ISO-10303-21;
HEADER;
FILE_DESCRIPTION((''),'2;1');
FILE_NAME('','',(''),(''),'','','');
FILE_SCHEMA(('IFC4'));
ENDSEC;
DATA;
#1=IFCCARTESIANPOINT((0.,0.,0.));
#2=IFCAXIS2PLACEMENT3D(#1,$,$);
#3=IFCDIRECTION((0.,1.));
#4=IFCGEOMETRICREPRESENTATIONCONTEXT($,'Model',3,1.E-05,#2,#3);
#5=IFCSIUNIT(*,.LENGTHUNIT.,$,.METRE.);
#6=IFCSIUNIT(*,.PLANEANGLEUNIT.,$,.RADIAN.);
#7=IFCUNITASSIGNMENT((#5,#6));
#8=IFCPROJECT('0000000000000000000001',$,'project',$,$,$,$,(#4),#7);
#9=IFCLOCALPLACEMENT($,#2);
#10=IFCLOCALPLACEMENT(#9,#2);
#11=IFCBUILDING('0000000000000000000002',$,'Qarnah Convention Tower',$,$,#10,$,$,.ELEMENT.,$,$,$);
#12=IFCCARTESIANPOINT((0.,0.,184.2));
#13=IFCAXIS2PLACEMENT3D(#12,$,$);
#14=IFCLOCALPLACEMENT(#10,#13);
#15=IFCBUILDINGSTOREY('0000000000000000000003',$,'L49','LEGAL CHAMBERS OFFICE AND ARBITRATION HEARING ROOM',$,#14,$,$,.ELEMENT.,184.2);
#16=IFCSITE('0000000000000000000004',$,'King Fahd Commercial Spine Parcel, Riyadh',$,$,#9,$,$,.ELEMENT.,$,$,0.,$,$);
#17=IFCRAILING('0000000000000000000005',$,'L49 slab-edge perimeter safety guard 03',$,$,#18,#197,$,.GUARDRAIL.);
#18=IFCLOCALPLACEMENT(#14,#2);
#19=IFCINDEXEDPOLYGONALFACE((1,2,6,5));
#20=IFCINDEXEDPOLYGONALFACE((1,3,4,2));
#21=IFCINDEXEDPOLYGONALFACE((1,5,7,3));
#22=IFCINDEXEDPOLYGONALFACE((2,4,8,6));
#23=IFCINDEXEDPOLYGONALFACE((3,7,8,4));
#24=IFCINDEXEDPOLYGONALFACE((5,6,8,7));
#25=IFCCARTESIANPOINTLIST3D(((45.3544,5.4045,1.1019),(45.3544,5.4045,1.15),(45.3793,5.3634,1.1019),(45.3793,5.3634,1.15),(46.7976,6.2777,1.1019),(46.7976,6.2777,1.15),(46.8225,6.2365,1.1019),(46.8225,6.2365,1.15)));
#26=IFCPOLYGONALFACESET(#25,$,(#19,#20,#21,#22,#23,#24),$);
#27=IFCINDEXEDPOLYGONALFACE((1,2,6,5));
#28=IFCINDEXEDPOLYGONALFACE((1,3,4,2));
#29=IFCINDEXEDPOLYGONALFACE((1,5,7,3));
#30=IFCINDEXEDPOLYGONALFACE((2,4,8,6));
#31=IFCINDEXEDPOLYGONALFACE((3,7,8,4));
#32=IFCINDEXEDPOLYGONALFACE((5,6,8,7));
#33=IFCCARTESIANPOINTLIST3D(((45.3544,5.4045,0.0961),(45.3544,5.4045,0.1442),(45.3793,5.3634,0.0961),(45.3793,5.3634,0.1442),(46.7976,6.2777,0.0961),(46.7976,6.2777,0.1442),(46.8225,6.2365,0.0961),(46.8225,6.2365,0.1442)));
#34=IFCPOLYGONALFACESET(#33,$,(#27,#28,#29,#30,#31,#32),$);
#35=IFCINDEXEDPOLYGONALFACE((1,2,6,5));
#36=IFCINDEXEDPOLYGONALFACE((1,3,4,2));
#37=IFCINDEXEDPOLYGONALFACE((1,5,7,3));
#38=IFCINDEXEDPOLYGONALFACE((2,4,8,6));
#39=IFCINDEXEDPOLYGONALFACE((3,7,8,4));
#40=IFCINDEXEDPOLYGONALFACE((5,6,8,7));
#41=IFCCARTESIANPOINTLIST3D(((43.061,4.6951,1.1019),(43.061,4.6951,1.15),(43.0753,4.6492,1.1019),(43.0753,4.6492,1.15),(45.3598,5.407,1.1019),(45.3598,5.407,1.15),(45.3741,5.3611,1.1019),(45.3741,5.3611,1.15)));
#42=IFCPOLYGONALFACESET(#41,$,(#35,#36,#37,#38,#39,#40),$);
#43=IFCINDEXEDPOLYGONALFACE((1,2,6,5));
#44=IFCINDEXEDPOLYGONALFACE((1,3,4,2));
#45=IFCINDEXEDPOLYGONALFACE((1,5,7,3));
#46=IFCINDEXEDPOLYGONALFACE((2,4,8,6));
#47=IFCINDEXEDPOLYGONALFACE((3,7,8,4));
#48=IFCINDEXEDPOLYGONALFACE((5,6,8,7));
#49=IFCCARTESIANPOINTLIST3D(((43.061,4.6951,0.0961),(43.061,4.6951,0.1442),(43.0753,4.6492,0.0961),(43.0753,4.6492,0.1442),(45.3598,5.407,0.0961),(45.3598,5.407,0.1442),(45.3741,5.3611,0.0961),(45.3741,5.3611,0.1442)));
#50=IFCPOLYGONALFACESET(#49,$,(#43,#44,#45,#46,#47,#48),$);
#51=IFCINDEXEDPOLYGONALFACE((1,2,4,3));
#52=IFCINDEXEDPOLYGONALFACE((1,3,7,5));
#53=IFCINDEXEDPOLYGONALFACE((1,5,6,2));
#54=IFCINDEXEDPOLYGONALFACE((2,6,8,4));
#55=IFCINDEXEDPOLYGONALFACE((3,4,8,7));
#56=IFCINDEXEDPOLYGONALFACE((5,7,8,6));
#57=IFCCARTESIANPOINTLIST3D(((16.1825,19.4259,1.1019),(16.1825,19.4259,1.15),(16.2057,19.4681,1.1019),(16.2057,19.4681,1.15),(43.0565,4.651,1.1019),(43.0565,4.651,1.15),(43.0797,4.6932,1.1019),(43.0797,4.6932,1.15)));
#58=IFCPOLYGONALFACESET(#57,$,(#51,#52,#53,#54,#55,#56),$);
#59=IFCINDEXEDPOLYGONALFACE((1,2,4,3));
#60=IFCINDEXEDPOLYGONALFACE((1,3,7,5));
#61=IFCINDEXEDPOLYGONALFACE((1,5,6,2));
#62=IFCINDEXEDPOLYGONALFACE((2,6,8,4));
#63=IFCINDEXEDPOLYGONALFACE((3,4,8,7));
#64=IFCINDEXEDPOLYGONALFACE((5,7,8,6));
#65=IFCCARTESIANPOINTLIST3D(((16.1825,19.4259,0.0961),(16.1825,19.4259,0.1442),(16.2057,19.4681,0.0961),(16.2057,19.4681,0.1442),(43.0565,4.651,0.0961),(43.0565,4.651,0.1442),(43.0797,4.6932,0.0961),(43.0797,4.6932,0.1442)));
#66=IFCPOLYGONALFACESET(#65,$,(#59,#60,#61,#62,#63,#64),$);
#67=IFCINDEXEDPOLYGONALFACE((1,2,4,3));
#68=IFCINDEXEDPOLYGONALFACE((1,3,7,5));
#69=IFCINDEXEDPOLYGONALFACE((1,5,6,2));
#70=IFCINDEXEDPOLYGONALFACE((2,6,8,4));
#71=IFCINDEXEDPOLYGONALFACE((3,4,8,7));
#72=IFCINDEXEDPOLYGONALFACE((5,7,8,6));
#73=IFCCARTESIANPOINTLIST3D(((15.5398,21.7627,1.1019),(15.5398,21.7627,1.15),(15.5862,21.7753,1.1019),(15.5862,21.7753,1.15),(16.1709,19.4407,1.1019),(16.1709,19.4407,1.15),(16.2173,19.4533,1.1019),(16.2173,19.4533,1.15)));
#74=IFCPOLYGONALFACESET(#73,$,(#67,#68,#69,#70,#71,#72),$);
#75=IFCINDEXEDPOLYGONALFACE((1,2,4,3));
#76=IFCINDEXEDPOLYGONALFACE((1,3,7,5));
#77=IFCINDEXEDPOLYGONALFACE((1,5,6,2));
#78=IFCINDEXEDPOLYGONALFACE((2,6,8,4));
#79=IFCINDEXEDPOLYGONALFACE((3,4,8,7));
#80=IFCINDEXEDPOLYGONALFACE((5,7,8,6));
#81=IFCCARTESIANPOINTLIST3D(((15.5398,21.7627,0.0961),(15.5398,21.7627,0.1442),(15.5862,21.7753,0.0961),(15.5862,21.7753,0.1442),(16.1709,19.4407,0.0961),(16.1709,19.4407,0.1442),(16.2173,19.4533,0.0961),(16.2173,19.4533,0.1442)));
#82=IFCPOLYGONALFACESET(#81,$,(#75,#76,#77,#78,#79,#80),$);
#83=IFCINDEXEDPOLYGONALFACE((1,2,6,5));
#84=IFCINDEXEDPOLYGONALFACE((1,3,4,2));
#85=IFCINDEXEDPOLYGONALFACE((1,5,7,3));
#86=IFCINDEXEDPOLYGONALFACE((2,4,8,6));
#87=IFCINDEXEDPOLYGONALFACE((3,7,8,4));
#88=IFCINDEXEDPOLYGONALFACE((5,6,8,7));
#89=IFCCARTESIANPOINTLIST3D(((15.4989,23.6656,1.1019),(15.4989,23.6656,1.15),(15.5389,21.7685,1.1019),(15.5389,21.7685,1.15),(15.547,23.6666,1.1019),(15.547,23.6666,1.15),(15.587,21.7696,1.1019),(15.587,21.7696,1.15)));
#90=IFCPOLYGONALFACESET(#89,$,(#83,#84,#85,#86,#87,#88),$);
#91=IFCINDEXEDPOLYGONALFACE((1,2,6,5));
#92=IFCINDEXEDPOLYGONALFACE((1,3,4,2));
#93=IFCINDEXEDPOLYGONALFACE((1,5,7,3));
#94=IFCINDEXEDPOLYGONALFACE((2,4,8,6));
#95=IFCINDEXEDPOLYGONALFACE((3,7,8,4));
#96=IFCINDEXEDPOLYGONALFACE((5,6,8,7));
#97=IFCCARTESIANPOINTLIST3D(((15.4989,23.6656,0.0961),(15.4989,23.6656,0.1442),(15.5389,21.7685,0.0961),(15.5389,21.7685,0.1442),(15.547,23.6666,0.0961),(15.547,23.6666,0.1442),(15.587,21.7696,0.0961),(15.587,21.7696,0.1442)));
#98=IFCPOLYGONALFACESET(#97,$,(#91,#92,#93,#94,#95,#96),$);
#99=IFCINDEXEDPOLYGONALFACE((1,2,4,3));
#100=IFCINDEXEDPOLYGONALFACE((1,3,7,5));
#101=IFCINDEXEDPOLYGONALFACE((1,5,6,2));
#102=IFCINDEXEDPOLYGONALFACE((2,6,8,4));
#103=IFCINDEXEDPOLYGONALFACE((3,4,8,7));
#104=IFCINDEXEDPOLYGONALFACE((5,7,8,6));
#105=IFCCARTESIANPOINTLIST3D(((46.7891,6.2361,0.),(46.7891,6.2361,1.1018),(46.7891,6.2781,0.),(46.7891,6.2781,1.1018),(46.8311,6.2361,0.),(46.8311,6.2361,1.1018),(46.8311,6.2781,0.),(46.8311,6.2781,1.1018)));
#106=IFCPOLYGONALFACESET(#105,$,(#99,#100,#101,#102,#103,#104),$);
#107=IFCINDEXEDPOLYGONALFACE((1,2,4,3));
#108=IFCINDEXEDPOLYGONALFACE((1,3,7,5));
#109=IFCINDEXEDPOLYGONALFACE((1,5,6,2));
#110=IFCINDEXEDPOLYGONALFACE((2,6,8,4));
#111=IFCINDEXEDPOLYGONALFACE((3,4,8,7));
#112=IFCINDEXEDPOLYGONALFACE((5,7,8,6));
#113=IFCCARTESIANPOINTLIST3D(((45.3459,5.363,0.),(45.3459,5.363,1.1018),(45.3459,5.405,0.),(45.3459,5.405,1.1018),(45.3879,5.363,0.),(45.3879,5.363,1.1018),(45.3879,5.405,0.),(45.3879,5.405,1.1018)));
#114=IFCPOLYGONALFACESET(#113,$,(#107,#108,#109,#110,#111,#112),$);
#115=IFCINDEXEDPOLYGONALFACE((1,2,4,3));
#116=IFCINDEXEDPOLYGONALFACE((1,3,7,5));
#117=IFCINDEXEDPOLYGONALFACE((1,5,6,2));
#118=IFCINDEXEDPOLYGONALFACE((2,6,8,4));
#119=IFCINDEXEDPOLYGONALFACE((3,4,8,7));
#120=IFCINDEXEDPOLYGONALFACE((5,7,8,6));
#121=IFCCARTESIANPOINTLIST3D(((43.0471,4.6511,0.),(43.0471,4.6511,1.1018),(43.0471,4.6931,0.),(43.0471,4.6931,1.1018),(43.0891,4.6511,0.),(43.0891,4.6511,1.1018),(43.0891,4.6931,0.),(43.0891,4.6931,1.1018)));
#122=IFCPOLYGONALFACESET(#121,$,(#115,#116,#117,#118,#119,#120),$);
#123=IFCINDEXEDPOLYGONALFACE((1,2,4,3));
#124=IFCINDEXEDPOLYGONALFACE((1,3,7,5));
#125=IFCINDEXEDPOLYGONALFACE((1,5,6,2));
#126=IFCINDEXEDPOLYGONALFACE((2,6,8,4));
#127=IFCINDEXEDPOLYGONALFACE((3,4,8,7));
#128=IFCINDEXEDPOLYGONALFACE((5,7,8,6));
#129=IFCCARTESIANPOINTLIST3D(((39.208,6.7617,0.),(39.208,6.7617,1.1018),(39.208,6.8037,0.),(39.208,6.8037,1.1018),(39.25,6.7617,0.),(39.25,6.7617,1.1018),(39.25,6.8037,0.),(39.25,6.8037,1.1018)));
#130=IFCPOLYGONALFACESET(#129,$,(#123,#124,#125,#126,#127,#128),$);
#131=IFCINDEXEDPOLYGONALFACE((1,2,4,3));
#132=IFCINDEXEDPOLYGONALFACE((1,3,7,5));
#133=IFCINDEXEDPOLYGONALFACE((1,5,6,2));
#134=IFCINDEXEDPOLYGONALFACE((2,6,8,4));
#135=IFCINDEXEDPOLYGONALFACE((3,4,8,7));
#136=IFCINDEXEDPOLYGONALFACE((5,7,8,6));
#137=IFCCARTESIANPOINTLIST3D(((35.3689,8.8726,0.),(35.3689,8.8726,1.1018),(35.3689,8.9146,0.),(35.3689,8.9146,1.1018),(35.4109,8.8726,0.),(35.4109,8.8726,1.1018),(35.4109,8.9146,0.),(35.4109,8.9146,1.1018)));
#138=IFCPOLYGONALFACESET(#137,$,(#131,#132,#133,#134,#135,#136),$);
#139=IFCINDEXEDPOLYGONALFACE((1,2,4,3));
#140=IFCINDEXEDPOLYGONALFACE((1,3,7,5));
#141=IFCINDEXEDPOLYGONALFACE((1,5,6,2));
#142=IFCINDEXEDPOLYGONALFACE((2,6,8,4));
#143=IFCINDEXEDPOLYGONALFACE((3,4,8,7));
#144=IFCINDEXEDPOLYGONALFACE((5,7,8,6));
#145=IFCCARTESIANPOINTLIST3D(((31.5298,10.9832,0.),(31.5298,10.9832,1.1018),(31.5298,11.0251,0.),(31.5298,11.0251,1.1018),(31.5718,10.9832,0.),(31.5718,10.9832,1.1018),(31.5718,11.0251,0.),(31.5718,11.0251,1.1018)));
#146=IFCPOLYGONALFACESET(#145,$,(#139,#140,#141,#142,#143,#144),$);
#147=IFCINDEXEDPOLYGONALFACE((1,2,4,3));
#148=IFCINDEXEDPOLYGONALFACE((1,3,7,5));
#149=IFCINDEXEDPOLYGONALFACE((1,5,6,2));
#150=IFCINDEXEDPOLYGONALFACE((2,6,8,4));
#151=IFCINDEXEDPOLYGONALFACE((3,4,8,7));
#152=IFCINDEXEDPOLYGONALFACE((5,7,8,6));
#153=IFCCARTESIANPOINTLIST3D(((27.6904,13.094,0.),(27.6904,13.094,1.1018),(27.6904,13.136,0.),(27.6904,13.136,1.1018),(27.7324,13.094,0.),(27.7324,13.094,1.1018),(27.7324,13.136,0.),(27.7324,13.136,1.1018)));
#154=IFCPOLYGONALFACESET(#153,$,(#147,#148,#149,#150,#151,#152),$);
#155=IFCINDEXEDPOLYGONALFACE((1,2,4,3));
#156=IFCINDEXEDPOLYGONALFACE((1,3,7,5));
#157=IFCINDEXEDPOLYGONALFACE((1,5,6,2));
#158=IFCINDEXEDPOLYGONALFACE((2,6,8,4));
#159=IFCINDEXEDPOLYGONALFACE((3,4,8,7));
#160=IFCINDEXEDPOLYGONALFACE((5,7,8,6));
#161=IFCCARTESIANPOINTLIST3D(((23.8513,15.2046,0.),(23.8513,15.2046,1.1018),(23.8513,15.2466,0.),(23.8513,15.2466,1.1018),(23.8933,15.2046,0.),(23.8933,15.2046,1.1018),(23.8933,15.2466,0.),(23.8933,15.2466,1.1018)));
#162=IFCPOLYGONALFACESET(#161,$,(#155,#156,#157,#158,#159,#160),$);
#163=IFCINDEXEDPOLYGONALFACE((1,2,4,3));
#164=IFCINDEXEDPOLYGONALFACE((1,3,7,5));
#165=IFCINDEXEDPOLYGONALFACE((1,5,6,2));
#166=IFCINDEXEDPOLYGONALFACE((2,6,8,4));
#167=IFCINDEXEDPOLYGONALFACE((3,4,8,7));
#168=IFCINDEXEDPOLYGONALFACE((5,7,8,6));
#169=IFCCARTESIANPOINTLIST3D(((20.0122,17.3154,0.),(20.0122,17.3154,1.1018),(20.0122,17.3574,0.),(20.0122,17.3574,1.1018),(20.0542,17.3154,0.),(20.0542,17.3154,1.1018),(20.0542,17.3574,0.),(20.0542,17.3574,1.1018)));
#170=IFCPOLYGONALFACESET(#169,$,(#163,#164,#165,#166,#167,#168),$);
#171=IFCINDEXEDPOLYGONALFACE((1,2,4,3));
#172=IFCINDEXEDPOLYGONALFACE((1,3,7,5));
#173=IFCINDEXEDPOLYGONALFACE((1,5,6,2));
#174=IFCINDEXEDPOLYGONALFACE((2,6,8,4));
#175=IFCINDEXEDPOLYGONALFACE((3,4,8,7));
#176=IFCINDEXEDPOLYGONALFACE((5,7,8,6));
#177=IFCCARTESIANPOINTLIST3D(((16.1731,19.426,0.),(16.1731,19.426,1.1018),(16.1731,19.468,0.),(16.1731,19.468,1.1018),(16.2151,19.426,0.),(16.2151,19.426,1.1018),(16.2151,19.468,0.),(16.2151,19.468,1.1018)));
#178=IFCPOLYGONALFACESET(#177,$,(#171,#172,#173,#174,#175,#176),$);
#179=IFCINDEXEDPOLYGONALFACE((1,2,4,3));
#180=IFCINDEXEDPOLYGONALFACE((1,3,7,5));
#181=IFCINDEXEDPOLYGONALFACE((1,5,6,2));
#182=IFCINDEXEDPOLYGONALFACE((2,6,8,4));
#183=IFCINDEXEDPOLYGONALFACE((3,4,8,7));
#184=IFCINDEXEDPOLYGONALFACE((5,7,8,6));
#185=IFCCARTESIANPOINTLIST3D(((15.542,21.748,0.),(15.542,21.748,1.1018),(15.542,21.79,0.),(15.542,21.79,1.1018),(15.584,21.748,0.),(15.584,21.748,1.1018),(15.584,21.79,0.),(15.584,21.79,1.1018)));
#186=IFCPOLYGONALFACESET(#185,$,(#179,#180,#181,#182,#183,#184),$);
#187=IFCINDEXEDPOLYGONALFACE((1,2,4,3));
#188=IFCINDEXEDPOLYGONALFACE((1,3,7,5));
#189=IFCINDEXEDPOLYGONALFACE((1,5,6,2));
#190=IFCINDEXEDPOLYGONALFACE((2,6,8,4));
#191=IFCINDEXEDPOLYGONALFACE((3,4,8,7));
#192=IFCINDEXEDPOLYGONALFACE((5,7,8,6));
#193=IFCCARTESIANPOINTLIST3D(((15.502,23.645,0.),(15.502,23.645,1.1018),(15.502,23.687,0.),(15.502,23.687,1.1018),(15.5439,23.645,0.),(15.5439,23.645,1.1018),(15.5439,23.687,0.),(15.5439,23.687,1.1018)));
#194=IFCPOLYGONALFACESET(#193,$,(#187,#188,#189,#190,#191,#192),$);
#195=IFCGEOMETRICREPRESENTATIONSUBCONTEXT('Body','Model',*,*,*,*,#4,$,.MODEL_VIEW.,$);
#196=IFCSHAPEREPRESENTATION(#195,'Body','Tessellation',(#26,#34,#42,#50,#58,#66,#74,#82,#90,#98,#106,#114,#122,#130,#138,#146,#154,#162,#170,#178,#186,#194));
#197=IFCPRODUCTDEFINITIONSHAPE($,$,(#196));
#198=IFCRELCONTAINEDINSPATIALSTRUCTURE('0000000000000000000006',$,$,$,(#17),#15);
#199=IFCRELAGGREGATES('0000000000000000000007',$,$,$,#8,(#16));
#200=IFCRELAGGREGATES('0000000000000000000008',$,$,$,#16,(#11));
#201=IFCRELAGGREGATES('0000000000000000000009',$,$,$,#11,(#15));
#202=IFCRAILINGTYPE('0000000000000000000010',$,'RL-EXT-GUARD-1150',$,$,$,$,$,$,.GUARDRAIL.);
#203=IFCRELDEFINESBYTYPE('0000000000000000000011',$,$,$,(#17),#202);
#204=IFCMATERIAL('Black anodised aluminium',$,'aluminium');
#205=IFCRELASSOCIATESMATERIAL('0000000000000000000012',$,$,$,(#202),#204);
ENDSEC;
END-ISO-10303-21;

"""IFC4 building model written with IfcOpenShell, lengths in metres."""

from ifc_helpers import new_model, si_unit, direction, frame, origin, origin_2d, place, context, subcontext, project, spatial, rectangle, extrude, material, type_object, element, save


model = new_model("IFC4")

# Units and contexts
model_context = context("Model", 3, precision=1e-05, world=origin(), true_north=direction((0.0, 1.0)))
body_context = subcontext(model_context, "Body", "Model", "MODEL_VIEW")
ifc_project = project(units=[si_unit("LENGTHUNIT", "METRE"), si_unit("PLANEANGLEUNIT", "RADIAN")], contexts=[model_context])

# Site, building, storey
site_placement = place(None, origin())
site = spatial("IfcSite", under=ifc_project, at=site_placement, Name="King Fahd Commercial Spine Parcel, Riyadh", CompositionType="ELEMENT", RefElevation=0.0)
building_placement = place(site_placement, origin())
building = spatial("IfcBuilding", under=site, at=building_placement, Name="Qarnah Convention Tower", CompositionType="ELEMENT")
storey_placement = place(building_placement, frame((0.0, 0.0, 184.2)))
storey = spatial("IfcBuildingStorey", under=building, at=storey_placement, Name="L49", Description="LEGAL CHAMBERS OFFICE AND ARBITRATION HEARING ROOM", CompositionType="ELEMENT", Elevation=184.2)

# Shared definitions
ifc_material_1 = material(Name="Black anodised aluminium", Category="aluminium")

# Railing
railing_type = type_object("IfcRailingType", Name="RL-EXT-GUARD-1150", PredefinedType="GUARDRAIL", material=ifc_material_1)
railing_1_placement = place(storey_placement, frame((46.8101, 6.2571, 0.0)))
element("IfcRailing", 1, at=railing_1_placement, inside=storey, type_object=railing_type, Name="L49 slab-edge perimeter safety guard 03", PredefinedType="GUARDRAIL", context=body_context, shape_type="SweptSolid", body=[
    extrude(rectangle(XDim=0.0481, YDim=0.0481, at=origin_2d()), frame((0.0, 0.0, 1.126), z_axis=(-0.85561, -0.517621, 0.0), x_axis=(0.517621, -0.85561, 0.0)), (0.0, 0.0, 1.0), 1.6868),
    extrude(rectangle(XDim=0.0481, YDim=0.0481, at=origin_2d()), frame((0.0, 0.0, 0.1201), z_axis=(-0.85561, -0.517621, 0.0), x_axis=(0.517621, -0.85561, 0.0)), (0.0, 0.0, 1.0), 1.6868),
    extrude(rectangle(XDim=0.0481, YDim=0.0481, at=origin_2d()), frame((-1.4431, -0.873, 1.126), z_axis=(-0.955242, -0.295825, 0.0), x_axis=(0.295825, -0.955242, 0.0)), (0.0, 0.0, 1.0), 2.4065),
    extrude(rectangle(XDim=0.0481, YDim=0.0481, at=origin_2d()), frame((-1.4431, -0.873, 0.1201), z_axis=(-0.955242, -0.295825, 0.0), x_axis=(0.295825, -0.955242, 0.0)), (0.0, 0.0, 1.0), 2.4065),
    extrude(rectangle(XDim=0.0481, YDim=0.0481, at=origin_2d()), frame((-3.7419, -1.585, 1.126), z_axis=(-0.876296, 0.481773, 0.0), x_axis=(-0.481773, -0.876296, 0.0)), (0.0, 0.0, 1.0), 30.6677),
    extrude(rectangle(XDim=0.0481, YDim=0.0481, at=origin_2d()), frame((-3.7419, -1.585, 0.1201), z_axis=(-0.876296, 0.481773, 0.0), x_axis=(-0.481773, -0.876296, 0.0)), (0.0, 0.0, 1.0), 30.6677),
    extrude(rectangle(XDim=0.0481, YDim=0.0481, at=origin_2d()), frame((-30.616, 13.1899, 1.126), z_axis=(-0.262276, 0.964993, 0.0), x_axis=(-0.964993, -0.262276, 0.0)), (0.0, 0.0, 1.0), 2.4062),
    extrude(rectangle(XDim=0.0481, YDim=0.0481, at=origin_2d()), frame((-30.616, 13.1899, 0.1201), z_axis=(-0.262276, 0.964993, 0.0), x_axis=(-0.964993, -0.262276, 0.0)), (0.0, 0.0, 1.0), 2.4062),
    extrude(rectangle(XDim=0.0481, YDim=0.0481, at=origin_2d()), frame((-31.2471, 15.512, 1.126), z_axis=(-0.021102, 0.999777, 0.0), x_axis=(-0.999777, -0.021102, 0.0)), (0.0, 0.0, 1.0), 1.8975),
    extrude(rectangle(XDim=0.0481, YDim=0.0481, at=origin_2d()), frame((-31.2471, 15.512, 0.1201), z_axis=(-0.021102, 0.999777, 0.0), x_axis=(-0.999777, -0.021102, 0.0)), (0.0, 0.0, 1.0), 1.8975),
    extrude(rectangle(XDim=0.042, YDim=0.042, at=origin_2d()), origin(), (0.0, 0.0, 1.0), 1.1018),
    extrude(rectangle(XDim=0.042, YDim=0.042, at=origin_2d()), frame((-1.4431, -0.873, 0.0)), (0.0, 0.0, 1.0), 1.1018),
    extrude(rectangle(XDim=0.042, YDim=0.042, at=origin_2d()), frame((-3.7419, -1.585, 0.0)), (0.0, 0.0, 1.0), 1.1018),
    extrude(rectangle(XDim=0.042, YDim=0.042, at=origin_2d()), frame((-7.5811, 0.5256, 0.0)), (0.0, 0.0, 1.0), 1.1018),
    extrude(rectangle(XDim=0.042, YDim=0.042, at=origin_2d()), frame((-11.4202, 2.6365, 0.0)), (0.0, 0.0, 1.0), 1.1018),
    extrude(rectangle(XDim=0.042, YDim=0.042, at=origin_2d()), frame((-15.2593, 4.7471, 0.0)), (0.0, 0.0, 1.0), 1.1018),
    extrude(rectangle(XDim=0.042, YDim=0.042, at=origin_2d()), frame((-19.0986, 6.8579, 0.0)), (0.0, 0.0, 1.0), 1.1018),
    extrude(rectangle(XDim=0.042, YDim=0.042, at=origin_2d()), frame((-22.9377, 8.9685, 0.0)), (0.0, 0.0, 1.0), 1.1018),
    extrude(rectangle(XDim=0.042, YDim=0.042, at=origin_2d()), frame((-26.7769, 11.0793, 0.0)), (0.0, 0.0, 1.0), 1.1018),
    extrude(rectangle(XDim=0.042, YDim=0.042, at=origin_2d()), frame((-30.616, 13.1899, 0.0)), (0.0, 0.0, 1.0), 1.1018),
    extrude(rectangle(XDim=0.042, YDim=0.042, at=origin_2d()), frame((-31.2471, 15.512, 0.0)), (0.0, 0.0, 1.0), 1.1018),
    extrude(rectangle(XDim=0.042, YDim=0.042, at=origin_2d()), frame((-31.2871, 17.4089, 0.0)), (0.0, 0.0, 1.0), 1.1018),
])

save(model, "model.ifc")
